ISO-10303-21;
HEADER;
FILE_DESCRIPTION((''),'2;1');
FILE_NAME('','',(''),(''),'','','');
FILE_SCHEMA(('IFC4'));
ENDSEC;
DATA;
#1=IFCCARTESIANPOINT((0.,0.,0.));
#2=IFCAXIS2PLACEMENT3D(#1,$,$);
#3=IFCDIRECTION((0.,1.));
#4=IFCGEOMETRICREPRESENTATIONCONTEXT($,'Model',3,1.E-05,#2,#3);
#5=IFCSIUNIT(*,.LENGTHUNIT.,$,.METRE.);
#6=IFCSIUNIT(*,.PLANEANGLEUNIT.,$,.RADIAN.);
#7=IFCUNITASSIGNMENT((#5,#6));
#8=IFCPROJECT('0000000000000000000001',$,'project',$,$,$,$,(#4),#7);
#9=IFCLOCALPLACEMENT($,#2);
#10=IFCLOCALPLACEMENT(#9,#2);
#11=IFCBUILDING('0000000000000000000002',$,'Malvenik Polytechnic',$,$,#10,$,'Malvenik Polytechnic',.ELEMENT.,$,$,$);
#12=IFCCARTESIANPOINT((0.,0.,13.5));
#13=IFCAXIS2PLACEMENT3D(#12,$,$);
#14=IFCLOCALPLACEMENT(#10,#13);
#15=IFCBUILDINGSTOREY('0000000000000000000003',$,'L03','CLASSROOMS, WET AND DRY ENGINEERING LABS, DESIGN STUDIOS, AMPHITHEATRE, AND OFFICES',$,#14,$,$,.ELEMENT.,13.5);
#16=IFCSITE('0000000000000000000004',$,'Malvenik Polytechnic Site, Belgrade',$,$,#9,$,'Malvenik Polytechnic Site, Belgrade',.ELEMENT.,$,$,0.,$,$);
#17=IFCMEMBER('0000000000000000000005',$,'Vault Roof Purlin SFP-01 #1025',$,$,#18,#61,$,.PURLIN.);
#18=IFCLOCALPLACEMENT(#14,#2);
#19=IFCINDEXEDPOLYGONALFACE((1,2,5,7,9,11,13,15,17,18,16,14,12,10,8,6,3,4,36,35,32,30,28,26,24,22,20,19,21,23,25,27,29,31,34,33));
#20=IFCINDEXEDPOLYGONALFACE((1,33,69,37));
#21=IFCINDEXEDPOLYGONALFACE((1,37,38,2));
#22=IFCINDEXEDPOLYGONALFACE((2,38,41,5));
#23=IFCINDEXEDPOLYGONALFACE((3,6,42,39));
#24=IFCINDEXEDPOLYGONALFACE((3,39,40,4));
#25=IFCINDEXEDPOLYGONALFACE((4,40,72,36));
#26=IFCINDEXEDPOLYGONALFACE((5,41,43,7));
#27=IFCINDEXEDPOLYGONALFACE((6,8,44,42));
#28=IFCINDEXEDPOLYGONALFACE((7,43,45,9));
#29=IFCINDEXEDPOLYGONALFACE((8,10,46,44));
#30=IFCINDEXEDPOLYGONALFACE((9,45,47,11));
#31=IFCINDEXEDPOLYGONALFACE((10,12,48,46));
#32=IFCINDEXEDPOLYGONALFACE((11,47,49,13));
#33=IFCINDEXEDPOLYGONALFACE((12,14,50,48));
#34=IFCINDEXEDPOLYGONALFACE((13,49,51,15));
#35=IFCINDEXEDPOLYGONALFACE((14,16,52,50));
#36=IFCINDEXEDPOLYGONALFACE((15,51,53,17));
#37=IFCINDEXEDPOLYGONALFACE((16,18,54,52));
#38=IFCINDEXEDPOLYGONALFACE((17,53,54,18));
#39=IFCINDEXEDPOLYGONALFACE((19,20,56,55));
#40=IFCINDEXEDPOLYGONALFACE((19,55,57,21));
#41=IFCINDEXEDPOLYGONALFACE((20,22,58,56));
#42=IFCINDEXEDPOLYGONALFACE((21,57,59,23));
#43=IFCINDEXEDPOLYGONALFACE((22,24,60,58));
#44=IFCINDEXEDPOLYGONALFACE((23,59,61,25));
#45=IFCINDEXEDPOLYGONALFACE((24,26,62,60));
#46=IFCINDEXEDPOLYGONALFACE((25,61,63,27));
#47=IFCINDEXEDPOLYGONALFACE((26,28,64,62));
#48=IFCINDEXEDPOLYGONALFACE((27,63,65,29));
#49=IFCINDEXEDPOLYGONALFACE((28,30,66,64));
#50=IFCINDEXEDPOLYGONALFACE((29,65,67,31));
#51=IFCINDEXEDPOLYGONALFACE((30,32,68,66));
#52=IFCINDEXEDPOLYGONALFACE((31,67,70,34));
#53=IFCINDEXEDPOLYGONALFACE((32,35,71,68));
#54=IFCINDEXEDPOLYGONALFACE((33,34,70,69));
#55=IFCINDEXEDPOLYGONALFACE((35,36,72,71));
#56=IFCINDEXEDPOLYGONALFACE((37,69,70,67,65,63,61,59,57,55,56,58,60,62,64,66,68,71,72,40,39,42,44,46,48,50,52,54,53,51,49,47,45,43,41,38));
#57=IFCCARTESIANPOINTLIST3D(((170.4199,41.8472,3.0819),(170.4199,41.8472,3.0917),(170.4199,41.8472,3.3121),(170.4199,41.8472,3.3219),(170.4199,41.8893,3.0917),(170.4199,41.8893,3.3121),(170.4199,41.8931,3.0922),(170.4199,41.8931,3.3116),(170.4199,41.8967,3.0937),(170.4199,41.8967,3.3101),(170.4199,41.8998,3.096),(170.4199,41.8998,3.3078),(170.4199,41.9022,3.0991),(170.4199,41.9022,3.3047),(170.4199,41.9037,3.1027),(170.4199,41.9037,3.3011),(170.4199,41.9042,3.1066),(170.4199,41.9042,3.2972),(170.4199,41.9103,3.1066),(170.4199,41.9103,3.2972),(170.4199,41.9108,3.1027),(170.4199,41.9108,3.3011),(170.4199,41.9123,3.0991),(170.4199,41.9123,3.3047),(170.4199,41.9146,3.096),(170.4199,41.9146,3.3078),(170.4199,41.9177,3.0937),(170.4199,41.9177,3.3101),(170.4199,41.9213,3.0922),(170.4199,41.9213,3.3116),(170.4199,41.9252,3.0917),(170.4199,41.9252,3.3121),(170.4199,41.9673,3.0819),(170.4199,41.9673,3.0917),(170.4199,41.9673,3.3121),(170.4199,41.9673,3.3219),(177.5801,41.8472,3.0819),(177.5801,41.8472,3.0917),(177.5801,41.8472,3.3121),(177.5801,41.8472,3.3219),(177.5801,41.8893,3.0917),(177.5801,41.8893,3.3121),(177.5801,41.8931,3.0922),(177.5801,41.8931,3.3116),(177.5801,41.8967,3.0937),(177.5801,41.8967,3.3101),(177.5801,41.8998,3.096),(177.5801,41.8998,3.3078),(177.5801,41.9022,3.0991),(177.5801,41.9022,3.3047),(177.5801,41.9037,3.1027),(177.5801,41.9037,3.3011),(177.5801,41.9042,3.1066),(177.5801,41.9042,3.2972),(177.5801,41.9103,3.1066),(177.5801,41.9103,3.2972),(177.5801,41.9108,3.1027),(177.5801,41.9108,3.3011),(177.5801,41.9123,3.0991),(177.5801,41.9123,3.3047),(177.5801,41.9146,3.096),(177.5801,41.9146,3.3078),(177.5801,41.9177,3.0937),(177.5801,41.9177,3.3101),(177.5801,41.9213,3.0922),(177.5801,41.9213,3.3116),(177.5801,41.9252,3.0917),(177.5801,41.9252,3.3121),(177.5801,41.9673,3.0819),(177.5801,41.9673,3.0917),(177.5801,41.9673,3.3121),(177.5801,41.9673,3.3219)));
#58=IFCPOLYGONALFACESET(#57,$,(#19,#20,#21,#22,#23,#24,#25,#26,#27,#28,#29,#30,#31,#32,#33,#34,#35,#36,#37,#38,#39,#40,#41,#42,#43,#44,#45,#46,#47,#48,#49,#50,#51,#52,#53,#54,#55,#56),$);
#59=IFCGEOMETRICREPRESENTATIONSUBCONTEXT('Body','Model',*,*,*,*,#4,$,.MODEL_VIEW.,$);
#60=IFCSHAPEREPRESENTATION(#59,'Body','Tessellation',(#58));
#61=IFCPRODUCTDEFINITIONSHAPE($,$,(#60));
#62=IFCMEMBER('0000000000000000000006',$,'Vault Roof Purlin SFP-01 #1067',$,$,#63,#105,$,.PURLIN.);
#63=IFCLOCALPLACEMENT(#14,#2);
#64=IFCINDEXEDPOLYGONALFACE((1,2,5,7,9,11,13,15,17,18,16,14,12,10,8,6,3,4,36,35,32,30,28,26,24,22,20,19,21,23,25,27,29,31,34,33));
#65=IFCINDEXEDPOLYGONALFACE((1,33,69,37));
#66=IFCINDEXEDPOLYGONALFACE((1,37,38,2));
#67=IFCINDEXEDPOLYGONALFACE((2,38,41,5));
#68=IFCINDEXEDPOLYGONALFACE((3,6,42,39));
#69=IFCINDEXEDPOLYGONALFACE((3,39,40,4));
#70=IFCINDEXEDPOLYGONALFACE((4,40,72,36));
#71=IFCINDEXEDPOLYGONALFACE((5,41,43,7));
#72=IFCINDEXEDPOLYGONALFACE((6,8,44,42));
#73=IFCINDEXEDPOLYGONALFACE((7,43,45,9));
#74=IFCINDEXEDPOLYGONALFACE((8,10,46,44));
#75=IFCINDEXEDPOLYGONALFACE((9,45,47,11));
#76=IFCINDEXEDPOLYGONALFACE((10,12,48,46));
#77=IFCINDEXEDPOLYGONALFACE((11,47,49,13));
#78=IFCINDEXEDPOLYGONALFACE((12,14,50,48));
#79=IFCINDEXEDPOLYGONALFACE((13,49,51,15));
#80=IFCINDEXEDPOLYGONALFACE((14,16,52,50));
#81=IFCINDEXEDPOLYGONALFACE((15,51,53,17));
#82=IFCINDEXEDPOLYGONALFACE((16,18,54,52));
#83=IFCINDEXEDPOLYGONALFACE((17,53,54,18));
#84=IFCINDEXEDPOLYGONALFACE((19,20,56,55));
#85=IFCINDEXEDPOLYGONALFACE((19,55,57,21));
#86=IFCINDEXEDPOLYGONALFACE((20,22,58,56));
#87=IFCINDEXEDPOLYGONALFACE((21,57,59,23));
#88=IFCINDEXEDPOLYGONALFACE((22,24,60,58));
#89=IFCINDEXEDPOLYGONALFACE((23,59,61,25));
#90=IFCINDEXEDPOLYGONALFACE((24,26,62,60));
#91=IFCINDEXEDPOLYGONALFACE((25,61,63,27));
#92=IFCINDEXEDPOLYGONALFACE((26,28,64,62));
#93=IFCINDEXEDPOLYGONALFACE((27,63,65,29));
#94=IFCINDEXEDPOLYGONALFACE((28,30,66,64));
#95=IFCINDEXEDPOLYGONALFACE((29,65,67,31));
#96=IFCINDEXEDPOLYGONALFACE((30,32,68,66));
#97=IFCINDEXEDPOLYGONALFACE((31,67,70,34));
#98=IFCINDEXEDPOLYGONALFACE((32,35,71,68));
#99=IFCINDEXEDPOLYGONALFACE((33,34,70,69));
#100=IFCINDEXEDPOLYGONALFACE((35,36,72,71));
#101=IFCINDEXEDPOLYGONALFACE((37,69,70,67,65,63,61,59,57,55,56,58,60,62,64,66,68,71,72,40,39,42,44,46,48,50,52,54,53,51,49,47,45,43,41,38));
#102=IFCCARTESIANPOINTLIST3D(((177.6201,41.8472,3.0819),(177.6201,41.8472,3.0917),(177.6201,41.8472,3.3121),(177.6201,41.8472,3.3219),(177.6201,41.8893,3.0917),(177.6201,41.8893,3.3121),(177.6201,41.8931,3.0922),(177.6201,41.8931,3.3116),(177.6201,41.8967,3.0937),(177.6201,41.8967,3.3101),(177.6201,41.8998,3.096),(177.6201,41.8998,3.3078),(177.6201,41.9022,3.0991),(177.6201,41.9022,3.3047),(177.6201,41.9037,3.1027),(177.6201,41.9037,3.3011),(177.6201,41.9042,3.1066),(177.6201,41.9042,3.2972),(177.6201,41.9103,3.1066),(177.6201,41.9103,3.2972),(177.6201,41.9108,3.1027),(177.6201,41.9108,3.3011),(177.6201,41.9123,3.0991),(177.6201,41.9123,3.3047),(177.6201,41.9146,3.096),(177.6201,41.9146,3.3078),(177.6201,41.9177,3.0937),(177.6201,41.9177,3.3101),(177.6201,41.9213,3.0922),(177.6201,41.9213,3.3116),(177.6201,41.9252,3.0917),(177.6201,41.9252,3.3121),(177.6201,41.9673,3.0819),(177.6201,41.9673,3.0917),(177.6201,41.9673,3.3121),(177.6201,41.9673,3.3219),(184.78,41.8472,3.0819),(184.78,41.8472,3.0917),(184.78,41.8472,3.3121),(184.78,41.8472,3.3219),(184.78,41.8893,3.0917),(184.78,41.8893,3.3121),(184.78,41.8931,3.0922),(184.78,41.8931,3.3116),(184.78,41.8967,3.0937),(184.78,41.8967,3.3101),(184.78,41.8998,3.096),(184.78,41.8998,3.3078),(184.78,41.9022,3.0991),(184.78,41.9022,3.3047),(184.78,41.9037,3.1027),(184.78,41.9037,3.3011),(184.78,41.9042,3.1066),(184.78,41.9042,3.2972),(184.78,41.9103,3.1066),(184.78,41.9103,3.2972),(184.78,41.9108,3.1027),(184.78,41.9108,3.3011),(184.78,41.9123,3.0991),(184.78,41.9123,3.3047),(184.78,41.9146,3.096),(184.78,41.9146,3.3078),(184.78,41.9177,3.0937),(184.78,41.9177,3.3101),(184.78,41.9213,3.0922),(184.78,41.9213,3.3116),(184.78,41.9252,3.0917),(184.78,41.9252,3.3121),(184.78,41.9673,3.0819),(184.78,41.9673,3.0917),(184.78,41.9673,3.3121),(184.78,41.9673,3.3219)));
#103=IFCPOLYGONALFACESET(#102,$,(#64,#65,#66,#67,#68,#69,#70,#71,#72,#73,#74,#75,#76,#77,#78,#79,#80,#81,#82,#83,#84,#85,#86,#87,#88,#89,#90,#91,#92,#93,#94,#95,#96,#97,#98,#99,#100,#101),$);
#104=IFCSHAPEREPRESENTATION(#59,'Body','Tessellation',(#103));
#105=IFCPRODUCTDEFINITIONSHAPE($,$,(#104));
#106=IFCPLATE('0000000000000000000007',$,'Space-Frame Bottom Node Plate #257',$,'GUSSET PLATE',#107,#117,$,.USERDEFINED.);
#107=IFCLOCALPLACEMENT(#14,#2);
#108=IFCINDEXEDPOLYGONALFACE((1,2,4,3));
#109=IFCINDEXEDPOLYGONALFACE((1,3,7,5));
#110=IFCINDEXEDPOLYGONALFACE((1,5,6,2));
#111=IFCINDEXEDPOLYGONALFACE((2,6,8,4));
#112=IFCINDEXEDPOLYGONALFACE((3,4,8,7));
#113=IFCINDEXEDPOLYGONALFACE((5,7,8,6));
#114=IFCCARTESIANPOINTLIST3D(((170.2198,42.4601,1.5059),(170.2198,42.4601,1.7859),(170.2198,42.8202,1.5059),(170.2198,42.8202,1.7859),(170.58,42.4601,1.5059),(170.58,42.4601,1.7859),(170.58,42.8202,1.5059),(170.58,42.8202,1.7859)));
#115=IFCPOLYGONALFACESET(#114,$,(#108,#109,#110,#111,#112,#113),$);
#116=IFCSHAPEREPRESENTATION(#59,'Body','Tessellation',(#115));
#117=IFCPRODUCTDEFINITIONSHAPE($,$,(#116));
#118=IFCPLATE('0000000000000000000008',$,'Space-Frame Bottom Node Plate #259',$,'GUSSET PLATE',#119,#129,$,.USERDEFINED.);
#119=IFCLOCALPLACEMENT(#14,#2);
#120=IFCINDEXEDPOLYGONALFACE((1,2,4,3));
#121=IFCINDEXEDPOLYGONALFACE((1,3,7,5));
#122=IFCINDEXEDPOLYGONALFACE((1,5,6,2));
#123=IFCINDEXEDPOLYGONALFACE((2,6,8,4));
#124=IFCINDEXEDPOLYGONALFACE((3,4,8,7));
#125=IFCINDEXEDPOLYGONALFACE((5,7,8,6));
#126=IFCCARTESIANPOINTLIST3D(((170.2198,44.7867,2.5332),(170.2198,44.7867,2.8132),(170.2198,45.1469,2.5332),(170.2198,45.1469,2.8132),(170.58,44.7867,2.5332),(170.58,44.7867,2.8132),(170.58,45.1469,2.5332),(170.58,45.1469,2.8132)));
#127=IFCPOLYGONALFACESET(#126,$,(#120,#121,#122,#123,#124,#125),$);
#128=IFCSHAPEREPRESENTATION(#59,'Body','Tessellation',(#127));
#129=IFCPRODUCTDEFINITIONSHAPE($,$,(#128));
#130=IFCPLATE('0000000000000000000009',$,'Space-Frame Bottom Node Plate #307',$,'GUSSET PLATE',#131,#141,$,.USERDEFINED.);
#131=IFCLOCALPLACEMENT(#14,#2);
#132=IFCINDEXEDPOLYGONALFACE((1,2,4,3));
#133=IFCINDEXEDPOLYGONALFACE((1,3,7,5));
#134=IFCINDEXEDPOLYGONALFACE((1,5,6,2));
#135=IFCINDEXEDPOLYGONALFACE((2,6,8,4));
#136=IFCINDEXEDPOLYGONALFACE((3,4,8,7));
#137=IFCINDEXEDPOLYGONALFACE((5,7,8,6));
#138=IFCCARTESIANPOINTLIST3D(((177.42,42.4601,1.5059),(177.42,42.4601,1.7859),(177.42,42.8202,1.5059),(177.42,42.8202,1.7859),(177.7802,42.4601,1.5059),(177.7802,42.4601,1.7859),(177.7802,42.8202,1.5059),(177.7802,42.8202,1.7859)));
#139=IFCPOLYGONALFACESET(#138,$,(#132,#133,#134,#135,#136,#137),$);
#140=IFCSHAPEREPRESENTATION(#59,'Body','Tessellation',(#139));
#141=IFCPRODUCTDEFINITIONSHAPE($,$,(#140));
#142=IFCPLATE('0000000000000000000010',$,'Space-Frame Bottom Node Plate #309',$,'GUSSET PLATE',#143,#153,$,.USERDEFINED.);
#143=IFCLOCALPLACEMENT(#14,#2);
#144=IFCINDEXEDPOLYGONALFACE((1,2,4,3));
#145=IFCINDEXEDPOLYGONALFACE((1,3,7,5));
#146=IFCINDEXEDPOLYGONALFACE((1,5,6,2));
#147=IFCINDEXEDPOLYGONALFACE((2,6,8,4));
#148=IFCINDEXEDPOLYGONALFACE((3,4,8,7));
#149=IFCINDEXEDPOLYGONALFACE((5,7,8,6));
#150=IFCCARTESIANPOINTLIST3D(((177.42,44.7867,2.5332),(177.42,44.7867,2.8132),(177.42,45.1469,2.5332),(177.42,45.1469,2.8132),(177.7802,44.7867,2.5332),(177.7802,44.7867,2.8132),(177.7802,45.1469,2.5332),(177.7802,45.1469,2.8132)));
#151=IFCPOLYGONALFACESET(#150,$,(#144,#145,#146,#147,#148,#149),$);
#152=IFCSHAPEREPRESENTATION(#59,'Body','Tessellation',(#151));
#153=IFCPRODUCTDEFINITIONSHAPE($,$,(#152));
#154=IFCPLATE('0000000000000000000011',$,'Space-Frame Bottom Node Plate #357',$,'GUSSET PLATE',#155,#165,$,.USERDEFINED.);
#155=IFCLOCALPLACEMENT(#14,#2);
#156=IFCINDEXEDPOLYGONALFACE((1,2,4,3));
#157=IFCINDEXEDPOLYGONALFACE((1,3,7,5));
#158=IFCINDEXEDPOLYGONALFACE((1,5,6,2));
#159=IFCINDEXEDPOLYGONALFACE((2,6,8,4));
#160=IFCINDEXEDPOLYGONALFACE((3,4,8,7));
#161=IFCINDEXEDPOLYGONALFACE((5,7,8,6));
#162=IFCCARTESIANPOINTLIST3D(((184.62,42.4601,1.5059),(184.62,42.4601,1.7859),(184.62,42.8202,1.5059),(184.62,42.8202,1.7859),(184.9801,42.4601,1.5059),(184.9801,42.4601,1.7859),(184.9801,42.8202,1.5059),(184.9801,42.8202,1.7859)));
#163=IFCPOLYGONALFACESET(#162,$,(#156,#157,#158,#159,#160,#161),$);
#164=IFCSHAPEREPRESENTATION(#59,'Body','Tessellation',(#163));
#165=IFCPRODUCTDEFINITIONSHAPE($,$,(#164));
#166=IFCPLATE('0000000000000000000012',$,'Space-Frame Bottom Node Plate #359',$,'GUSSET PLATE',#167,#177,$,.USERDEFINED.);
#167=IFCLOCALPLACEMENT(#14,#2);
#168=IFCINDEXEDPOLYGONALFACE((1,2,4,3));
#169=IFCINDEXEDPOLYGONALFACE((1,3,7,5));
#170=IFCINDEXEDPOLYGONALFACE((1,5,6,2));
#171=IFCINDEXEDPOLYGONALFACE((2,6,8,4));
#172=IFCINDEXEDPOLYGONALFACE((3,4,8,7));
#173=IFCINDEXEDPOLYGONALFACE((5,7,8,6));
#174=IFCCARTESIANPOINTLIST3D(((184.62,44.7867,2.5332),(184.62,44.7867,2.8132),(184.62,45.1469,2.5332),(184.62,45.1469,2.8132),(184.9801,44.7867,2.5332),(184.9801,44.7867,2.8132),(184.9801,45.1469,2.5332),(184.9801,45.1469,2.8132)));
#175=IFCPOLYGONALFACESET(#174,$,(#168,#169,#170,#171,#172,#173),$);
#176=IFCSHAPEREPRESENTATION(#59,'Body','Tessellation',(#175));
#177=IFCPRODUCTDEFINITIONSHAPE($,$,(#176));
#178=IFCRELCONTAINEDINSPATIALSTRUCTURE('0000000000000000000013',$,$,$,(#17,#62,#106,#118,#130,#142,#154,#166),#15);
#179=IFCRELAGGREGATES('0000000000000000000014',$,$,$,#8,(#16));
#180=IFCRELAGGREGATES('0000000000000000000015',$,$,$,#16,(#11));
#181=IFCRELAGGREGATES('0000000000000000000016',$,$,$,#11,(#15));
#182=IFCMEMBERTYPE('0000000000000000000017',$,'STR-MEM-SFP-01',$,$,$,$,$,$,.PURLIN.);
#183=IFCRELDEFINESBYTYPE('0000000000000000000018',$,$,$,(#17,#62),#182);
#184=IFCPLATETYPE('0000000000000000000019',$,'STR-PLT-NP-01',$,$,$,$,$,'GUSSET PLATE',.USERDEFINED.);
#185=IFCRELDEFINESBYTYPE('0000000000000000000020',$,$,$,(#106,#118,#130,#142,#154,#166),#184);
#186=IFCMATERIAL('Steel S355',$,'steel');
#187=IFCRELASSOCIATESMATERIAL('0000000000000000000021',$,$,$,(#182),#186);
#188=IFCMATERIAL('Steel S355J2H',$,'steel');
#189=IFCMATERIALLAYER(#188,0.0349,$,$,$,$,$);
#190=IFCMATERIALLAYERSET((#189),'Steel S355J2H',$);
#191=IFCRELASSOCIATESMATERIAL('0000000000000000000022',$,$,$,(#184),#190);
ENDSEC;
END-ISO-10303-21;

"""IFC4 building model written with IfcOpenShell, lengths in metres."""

from ifc_helpers import new_model, si_unit, direction, frame, origin, origin_2d, place, context, subcontext, project, spatial, rectangle, i_section, extrude, material, layer, layer_set, material_profile, profile_set, type_object, element, save


model = new_model("IFC4")

# Units and contexts
model_context = context("Model", 3, precision=1e-05, world=origin(), true_north=direction((0.0, 1.0)))
body_context = subcontext(model_context, "Body", "Model", "MODEL_VIEW")
ifc_project = project(units=[si_unit("LENGTHUNIT", "METRE"), si_unit("PLANEANGLEUNIT", "RADIAN")], contexts=[model_context])

# Site, building, storey
site_placement = place(None, origin())
site = spatial("IfcSite", under=ifc_project, at=site_placement, Name="Malvenik Polytechnic Site, Belgrade", LongName="Malvenik Polytechnic Site, Belgrade", CompositionType="ELEMENT", RefElevation=0.0)
building_placement = place(site_placement, origin())
building = spatial("IfcBuilding", under=site, at=building_placement, Name="Malvenik Polytechnic", LongName="Malvenik Polytechnic", CompositionType="ELEMENT")
storey_placement = place(building_placement, frame((0.0, 0.0, 13.5)))
storey = spatial("IfcBuildingStorey", under=building, at=storey_placement, Name="L03", Description="CLASSROOMS, WET AND DRY ENGINEERING LABS, DESIGN STUDIOS, AMPHITHEATRE, AND OFFICES", CompositionType="ELEMENT", Elevation=13.5)

# Members
ifc_material_1 = material(Name="Steel S355J2H", Category="steel")
ifc_material_2 = material(Name="Steel S355", Category="steel")
ifc_material_profile_1 = material_profile(ifc_material_2, i_section(OverallWidth=0.1201, OverallDepth=0.24, WebThickness=0.0061, FlangeThickness=0.0098, FilletRadius=0.0149, at=origin_2d()), Name="IPE 240")
ifc_profile_set_1 = profile_set([ifc_material_profile_1], Name="Steel S355")
member_type_1 = type_object("IfcMemberType", Name="STR-MEM-SFP-01", PredefinedType="PURLIN", material=ifc_profile_set_1)
member_1_placement = place(storey_placement, frame((170.4199, 41.9072, 3.2019), z_axis=(1.0, 0.0, 0.0), x_axis=(0.0, 1.0, 0.0)))
element("IfcMember", 1, at=member_1_placement, inside=storey, type_object=member_type_1, Name="Vault Roof Purlin SFP-01 #1025", PredefinedType="PURLIN", context=body_context, shape_type="SweptSolid", body=[
    extrude(i_section(OverallWidth=0.1201, OverallDepth=0.24, WebThickness=0.0061, FlangeThickness=0.0098, FilletRadius=0.0149, at=origin_2d()), origin(), (0.0, 0.0, 1.0), 7.1602),
])
member_2_placement = place(storey_placement, frame((177.6201, 41.9072, 3.2019), z_axis=(1.0, 0.0, 0.0), x_axis=(0.0, 1.0, 0.0)))
element("IfcMember", 2, at=member_2_placement, inside=storey, type_object=member_type_1, Name="Vault Roof Purlin SFP-01 #1067", PredefinedType="PURLIN", context=body_context, shape_type="SweptSolid", body=[
    extrude(i_section(OverallWidth=0.1201, OverallDepth=0.24, WebThickness=0.0061, FlangeThickness=0.0098, FilletRadius=0.0149, at=origin_2d()), origin(), (0.0, 0.0, 1.0), 7.1599),
])

# Plates
ifc_layer = layer(ifc_material_1, 0.0349)
ifc_layer_set = layer_set([ifc_layer], Name="Steel S355J2H")
plate_type = type_object("IfcPlateType", Name="STR-PLT-NP-01", ElementType="GUSSET PLATE", PredefinedType="USERDEFINED", material=ifc_layer_set)
for number, where, z_axis, x_axis, name in (
    (3, (170.3999, 42.6401, 1.5059), (0.0, 0.0, 1.0), (1.0, 0.0, 0.0), "Space-Frame Bottom Node Plate #257"),
    (4, (170.3999, 44.9668, 2.5332), (0.0, 0.0, 1.0), (1.0, 0.0, 0.0), "Space-Frame Bottom Node Plate #259"),
    (5, (177.6001, 42.6401, 1.5059), (0.0, 0.0, 1.0), (1.0, 0.0, 0.0), "Space-Frame Bottom Node Plate #307"),
    (6, (177.6001, 44.9668, 2.5332), (0.0, 0.0, 1.0), (1.0, 0.0, 0.0), "Space-Frame Bottom Node Plate #309"),
    (7, (184.8, 42.6401, 1.5059), (0.0, 0.0, 1.0), (1.0, 0.0, 0.0), "Space-Frame Bottom Node Plate #357"),
    (8, (184.8, 44.9668, 2.5332), (0.0, 0.0, 1.0), (1.0, 0.0, 0.0), "Space-Frame Bottom Node Plate #359"),
):
    element("IfcPlate", number, at=place(storey_placement, frame(where, z_axis=z_axis, x_axis=x_axis)), inside=storey, type_object=plate_type, Name=name, ObjectType="GUSSET PLATE", PredefinedType="USERDEFINED", context=body_context, shape_type="SweptSolid", body=[
        extrude(rectangle(XDim=0.3601, YDim=0.3601, at=origin_2d()), origin(), (0.0, 0.0, 1.0), 0.28),
    ])

save(model, "model.ifc")
